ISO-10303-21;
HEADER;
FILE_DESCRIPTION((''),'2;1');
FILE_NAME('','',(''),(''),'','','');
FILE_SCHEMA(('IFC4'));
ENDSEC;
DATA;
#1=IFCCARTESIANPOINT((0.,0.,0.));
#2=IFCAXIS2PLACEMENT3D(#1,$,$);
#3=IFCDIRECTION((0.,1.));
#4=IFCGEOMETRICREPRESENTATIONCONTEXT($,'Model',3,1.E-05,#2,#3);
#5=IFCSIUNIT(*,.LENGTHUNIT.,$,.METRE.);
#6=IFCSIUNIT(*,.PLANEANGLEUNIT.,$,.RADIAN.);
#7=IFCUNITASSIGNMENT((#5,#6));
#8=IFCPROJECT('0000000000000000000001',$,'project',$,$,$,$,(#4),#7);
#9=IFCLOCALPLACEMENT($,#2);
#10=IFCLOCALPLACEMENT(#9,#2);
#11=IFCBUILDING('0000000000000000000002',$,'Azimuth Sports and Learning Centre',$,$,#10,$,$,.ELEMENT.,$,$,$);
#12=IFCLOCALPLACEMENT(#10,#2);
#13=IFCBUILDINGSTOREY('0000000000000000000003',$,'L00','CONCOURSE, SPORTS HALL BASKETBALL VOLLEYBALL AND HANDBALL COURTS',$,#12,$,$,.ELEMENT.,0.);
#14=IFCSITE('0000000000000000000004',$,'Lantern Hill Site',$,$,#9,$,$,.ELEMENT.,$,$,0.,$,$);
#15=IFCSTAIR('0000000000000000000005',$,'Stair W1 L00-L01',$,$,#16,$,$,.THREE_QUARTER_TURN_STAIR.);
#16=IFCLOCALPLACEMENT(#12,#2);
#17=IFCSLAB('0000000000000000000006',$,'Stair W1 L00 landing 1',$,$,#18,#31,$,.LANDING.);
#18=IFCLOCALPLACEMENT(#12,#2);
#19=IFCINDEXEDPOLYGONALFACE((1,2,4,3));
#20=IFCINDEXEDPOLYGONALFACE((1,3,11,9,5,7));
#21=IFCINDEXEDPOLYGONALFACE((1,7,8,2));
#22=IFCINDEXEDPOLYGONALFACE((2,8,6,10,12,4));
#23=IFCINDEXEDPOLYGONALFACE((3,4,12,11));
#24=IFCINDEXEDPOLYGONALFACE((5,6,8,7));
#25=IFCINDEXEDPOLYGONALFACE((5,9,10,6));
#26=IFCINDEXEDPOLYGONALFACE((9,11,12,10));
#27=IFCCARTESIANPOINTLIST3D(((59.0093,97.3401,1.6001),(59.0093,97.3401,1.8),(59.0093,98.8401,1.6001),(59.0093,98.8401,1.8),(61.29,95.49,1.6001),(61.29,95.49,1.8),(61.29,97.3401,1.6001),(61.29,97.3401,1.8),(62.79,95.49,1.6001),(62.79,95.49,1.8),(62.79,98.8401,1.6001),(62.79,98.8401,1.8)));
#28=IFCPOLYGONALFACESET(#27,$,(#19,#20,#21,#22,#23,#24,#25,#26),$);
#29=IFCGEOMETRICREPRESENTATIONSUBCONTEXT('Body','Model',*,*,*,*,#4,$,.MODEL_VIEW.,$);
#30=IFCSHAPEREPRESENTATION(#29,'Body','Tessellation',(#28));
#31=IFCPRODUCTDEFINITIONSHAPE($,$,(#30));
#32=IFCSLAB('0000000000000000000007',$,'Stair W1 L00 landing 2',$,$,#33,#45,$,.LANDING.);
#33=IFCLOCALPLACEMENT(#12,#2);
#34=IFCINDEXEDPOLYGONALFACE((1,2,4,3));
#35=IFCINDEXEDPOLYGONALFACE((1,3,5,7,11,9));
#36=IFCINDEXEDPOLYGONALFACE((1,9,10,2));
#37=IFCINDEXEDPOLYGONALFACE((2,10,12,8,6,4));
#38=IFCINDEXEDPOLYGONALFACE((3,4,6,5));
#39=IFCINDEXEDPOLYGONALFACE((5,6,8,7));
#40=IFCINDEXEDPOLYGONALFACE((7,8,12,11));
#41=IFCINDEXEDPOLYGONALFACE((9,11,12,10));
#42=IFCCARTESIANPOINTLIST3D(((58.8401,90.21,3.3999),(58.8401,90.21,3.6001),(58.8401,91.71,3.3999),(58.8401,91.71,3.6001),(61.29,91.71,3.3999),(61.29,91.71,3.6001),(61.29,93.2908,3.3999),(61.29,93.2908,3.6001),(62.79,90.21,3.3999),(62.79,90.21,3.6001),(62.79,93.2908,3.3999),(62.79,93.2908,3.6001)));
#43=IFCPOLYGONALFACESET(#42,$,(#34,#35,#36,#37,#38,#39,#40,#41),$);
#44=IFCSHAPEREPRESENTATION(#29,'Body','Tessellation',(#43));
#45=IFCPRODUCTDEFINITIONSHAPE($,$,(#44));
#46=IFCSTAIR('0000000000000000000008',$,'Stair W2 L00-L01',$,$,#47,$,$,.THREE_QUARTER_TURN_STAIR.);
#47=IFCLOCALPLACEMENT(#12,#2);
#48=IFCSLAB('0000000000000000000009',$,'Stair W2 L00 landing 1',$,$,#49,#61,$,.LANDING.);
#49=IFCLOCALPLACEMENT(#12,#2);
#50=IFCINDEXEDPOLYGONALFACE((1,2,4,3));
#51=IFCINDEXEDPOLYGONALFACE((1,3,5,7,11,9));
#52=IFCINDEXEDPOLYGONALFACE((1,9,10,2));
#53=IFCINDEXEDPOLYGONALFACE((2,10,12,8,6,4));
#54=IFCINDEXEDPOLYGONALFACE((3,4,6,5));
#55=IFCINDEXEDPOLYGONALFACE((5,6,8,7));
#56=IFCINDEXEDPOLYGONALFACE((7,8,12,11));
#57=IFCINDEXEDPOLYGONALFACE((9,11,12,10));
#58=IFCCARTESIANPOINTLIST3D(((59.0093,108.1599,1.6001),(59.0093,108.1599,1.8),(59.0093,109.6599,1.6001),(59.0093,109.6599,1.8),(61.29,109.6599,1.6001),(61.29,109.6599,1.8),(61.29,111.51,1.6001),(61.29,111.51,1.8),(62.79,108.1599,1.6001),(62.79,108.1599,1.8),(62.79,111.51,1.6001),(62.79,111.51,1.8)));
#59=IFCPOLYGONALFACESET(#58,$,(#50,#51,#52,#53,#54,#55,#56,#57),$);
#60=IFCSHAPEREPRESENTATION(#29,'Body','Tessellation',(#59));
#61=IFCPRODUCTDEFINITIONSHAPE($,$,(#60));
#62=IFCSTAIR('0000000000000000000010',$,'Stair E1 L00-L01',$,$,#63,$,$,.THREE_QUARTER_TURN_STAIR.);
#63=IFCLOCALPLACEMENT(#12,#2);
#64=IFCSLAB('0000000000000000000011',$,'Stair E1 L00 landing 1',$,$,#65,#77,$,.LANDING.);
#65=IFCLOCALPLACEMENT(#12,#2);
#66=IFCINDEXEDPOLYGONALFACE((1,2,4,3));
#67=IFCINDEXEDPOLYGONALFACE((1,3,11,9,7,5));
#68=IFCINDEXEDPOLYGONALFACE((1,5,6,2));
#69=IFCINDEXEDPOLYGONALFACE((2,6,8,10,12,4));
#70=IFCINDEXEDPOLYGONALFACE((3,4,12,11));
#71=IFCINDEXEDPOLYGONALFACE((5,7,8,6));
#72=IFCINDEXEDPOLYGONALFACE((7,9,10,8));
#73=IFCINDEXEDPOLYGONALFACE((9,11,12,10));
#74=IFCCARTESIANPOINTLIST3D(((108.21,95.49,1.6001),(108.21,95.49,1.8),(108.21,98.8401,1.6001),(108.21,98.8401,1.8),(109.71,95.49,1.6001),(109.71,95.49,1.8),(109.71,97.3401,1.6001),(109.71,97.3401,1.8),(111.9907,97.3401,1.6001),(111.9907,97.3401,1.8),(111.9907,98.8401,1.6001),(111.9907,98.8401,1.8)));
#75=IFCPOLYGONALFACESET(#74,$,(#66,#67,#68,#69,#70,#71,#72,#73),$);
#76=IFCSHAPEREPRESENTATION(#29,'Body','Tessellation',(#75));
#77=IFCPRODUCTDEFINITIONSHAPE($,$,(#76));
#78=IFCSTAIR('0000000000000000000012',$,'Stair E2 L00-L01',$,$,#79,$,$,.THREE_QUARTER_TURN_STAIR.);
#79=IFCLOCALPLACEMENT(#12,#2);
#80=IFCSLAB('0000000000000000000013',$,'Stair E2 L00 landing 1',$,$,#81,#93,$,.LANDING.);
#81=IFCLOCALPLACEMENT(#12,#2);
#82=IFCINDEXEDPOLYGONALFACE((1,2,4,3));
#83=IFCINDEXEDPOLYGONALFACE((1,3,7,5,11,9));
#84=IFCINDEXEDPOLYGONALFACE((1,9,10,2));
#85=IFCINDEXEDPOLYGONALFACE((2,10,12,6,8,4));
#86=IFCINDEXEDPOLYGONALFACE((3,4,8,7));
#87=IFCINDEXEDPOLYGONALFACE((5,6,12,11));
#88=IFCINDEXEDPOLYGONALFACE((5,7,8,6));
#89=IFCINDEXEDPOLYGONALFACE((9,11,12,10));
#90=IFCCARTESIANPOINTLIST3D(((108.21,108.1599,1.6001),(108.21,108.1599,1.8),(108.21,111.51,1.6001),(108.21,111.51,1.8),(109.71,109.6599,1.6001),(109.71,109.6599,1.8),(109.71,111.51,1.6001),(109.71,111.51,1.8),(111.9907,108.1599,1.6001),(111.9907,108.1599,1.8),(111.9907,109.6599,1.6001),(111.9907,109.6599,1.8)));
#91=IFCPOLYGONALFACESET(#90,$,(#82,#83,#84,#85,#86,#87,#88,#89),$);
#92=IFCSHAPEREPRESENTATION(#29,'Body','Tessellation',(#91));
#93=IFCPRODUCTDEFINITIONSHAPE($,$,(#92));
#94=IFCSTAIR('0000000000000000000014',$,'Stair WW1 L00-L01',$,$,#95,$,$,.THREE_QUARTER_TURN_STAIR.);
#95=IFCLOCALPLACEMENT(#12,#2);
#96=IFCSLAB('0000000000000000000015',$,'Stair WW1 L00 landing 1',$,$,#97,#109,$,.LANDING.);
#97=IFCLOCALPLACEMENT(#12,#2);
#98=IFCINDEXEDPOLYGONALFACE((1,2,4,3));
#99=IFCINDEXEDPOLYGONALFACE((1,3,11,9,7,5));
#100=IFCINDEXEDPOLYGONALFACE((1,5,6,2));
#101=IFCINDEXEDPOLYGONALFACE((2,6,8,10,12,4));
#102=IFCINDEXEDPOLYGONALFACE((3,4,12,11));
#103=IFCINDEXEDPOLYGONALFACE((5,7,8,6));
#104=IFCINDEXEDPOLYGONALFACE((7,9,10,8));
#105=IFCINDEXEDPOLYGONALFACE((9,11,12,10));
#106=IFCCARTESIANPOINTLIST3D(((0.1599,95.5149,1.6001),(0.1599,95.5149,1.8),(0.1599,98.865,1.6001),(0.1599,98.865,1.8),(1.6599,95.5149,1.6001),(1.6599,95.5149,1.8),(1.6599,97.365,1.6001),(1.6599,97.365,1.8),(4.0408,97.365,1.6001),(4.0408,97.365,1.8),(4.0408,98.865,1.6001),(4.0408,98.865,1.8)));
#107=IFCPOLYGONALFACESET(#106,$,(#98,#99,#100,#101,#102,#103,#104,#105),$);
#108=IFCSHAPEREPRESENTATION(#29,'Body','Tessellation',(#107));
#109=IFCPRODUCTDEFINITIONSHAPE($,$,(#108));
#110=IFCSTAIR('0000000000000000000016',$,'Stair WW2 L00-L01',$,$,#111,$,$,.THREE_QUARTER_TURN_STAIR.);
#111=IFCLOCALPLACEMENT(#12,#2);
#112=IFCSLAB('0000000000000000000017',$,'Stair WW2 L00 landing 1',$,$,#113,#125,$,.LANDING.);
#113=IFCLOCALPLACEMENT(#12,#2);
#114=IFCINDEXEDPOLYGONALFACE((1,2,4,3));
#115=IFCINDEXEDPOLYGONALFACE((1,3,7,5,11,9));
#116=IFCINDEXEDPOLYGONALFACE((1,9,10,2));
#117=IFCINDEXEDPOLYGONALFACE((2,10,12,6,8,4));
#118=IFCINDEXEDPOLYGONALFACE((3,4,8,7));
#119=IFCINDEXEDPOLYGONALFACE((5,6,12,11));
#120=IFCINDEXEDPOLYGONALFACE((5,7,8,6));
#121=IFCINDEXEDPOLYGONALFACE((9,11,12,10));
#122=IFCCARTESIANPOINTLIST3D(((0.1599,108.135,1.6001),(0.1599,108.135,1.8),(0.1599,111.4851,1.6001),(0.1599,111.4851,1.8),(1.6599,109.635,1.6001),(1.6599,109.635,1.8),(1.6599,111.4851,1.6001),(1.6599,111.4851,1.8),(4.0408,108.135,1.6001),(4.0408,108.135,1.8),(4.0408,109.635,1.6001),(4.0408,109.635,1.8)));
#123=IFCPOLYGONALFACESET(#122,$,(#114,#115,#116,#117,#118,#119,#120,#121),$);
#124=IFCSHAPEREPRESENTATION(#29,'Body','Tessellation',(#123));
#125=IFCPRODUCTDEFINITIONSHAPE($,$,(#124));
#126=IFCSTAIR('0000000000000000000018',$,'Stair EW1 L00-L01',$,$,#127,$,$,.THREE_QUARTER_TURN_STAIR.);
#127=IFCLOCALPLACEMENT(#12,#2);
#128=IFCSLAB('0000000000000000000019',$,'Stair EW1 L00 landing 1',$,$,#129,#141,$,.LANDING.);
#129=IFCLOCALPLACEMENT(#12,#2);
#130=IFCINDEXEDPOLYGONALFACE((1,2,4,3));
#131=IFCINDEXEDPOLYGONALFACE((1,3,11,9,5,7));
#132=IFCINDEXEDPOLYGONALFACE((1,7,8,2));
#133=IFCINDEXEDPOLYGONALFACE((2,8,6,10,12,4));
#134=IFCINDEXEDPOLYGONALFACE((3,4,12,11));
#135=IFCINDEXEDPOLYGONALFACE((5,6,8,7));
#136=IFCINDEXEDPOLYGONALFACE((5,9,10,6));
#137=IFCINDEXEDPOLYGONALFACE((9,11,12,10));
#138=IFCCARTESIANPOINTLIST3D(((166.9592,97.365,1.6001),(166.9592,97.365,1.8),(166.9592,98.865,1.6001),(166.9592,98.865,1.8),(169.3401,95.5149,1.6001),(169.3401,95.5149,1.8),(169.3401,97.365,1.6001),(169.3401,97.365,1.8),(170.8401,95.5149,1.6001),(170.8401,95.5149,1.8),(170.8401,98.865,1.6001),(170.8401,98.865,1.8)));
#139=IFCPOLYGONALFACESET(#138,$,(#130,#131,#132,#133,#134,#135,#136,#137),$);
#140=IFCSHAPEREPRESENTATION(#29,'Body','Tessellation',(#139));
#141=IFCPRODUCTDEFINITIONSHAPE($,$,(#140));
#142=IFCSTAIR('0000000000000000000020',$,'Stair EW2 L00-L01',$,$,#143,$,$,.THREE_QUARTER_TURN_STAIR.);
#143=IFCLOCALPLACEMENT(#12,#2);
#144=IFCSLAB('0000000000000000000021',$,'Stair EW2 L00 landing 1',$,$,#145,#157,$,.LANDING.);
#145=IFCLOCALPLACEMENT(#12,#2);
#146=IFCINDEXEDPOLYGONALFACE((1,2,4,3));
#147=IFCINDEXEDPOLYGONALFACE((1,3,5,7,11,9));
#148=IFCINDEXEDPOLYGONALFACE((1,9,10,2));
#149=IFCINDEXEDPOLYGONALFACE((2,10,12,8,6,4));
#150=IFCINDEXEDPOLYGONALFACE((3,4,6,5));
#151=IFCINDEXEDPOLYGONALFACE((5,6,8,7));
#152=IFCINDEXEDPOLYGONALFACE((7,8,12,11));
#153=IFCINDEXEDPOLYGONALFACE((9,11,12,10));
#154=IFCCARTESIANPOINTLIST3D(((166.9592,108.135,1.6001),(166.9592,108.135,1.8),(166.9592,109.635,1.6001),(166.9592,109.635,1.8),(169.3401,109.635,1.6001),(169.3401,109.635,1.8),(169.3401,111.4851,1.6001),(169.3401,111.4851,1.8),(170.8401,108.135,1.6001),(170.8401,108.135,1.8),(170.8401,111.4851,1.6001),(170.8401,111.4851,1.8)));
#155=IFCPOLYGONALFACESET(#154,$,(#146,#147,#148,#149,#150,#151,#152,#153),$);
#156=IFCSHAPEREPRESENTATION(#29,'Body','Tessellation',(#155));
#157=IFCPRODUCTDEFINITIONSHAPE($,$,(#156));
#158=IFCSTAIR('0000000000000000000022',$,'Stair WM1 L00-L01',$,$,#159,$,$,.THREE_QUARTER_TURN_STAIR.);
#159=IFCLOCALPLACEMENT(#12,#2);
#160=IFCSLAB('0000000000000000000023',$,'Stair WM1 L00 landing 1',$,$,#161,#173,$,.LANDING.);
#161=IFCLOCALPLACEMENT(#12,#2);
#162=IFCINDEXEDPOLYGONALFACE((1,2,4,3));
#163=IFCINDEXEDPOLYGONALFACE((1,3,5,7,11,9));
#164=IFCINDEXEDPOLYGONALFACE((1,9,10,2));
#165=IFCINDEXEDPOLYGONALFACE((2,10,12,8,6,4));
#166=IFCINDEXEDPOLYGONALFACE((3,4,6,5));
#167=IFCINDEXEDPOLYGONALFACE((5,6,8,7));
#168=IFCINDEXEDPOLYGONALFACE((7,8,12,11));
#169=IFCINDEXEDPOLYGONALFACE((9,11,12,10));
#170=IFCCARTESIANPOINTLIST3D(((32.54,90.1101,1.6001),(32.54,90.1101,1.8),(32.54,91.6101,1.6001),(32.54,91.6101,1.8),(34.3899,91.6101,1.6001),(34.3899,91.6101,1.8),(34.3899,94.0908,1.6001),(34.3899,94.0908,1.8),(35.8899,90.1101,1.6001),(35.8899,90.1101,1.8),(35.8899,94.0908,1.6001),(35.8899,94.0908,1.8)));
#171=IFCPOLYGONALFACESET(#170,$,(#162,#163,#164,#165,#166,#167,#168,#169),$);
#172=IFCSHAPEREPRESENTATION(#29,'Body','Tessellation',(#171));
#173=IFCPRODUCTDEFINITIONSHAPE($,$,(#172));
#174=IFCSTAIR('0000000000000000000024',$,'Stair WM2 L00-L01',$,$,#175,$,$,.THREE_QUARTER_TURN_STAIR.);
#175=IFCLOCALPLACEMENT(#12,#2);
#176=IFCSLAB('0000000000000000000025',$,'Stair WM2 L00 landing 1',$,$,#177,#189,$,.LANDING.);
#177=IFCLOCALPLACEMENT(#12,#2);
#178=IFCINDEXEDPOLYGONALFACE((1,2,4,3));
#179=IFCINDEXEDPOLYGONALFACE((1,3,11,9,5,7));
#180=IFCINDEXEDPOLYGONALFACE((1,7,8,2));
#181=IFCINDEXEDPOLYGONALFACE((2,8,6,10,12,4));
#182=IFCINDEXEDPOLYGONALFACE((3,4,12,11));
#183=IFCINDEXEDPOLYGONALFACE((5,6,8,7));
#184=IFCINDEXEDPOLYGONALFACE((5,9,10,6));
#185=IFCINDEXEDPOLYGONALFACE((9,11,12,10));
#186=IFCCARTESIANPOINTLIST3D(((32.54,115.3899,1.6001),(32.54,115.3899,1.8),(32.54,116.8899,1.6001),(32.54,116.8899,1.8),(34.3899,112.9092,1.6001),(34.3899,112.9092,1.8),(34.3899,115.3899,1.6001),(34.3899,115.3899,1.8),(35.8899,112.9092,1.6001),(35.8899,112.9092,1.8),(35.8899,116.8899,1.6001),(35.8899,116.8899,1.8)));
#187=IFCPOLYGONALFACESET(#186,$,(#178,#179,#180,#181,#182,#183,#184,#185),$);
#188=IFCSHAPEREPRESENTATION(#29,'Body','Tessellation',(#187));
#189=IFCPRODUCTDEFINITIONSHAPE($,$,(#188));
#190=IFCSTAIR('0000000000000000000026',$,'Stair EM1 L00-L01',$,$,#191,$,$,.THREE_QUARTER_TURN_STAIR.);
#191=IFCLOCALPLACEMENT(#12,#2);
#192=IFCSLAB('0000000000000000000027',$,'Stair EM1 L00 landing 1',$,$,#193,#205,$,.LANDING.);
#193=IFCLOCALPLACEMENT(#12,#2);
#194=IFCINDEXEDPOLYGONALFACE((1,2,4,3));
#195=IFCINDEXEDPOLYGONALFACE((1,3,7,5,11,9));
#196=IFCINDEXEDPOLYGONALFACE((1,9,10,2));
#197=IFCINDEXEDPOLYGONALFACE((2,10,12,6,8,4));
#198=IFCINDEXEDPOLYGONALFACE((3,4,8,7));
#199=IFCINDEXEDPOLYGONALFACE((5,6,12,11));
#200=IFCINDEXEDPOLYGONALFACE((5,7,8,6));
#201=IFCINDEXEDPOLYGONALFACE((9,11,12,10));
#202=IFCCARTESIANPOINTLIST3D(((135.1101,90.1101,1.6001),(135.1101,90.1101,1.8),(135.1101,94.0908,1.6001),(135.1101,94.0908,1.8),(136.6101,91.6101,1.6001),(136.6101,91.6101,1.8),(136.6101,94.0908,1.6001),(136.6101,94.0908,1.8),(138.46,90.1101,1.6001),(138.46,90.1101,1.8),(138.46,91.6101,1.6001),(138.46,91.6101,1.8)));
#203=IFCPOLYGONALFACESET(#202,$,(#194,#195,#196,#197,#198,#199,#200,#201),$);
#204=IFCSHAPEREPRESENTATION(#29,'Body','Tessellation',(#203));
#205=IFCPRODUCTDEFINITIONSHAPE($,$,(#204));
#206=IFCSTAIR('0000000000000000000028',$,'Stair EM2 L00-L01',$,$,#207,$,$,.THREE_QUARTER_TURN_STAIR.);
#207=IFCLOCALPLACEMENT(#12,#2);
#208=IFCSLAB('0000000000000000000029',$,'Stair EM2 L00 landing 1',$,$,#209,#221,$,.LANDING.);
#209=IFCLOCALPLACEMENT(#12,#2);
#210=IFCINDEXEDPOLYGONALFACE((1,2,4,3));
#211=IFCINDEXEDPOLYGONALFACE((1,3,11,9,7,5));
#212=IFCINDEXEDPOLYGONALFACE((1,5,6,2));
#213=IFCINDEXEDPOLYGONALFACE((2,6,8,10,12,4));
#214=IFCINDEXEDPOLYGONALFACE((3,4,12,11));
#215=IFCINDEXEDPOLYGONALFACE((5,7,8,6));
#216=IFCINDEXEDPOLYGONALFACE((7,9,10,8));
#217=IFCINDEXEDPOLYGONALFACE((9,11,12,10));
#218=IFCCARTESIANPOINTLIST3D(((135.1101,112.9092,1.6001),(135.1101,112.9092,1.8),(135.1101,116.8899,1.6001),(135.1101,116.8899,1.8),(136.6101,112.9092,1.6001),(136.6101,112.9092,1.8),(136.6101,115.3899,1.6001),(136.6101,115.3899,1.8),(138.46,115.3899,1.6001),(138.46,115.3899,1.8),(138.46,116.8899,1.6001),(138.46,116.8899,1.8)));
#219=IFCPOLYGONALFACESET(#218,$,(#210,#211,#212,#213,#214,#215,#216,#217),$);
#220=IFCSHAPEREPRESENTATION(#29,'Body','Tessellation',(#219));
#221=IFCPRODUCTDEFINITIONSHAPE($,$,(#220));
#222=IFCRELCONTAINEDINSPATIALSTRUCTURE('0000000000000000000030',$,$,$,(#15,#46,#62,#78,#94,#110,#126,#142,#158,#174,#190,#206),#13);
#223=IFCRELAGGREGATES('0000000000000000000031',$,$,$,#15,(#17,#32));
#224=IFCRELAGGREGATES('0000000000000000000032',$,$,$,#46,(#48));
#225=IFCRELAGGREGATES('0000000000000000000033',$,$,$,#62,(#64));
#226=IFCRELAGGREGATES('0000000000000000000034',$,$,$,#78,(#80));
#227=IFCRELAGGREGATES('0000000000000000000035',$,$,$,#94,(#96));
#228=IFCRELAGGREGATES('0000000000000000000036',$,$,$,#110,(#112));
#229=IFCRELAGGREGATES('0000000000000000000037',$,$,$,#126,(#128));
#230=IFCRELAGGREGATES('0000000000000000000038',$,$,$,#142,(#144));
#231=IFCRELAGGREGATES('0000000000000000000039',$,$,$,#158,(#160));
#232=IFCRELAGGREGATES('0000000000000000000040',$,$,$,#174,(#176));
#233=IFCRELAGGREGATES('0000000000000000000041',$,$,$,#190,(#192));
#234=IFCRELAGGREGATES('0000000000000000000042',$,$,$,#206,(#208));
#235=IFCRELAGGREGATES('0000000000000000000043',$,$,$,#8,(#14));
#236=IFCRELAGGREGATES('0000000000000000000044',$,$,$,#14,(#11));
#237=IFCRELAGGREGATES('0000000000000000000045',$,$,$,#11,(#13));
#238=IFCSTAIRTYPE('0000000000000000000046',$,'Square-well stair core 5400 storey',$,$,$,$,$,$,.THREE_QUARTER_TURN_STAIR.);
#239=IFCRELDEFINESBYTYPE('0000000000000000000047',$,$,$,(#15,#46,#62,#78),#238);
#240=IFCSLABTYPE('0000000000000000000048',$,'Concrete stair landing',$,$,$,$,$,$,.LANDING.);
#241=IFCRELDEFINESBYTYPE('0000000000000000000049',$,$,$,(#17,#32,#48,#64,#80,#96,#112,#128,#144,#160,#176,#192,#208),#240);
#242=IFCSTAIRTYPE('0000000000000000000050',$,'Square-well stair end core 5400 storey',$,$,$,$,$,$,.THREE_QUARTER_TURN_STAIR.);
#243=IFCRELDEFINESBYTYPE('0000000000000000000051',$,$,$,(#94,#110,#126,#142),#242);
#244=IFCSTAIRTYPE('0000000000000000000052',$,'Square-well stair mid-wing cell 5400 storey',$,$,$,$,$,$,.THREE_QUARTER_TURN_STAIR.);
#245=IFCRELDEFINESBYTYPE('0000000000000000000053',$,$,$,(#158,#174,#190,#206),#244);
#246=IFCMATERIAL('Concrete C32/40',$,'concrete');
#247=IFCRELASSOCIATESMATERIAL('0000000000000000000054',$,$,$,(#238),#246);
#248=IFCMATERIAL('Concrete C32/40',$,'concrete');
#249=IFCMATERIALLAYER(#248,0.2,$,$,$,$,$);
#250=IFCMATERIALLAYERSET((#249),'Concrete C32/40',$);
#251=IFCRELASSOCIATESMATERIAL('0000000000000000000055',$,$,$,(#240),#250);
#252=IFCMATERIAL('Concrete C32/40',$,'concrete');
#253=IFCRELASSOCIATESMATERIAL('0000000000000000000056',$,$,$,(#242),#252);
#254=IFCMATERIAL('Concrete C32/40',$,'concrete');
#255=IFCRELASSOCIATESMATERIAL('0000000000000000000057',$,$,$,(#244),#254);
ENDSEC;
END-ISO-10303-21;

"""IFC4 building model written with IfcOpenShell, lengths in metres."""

from ifc_helpers import new_model, si_unit, direction, frame, origin, place, context, subcontext, project, spatial, polyline, outline, extrude, material, layer, layer_set, type_object, element, aggregate, save


model = new_model("IFC4")

# Units and contexts
model_context = context("Model", 3, precision=1e-05, world=origin(), true_north=direction((0.0, 1.0)))
body_context = subcontext(model_context, "Body", "Model", "MODEL_VIEW")
ifc_project = project(units=[si_unit("LENGTHUNIT", "METRE"), si_unit("PLANEANGLEUNIT", "RADIAN")], contexts=[model_context])

# Site, building, storey
site_placement = place(None, origin())
site = spatial("IfcSite", under=ifc_project, at=site_placement, Name="Lantern Hill Site", CompositionType="ELEMENT", RefElevation=0.0)
building_placement = place(site_placement, origin())
building = spatial("IfcBuilding", under=site, at=building_placement, Name="Azimuth Sports and Learning Centre", CompositionType="ELEMENT")
storey_placement = place(building_placement, origin())
storey = spatial("IfcBuildingStorey", under=building, at=storey_placement, Name="L00", Description="CONCOURSE, SPORTS HALL BASKETBALL VOLLEYBALL AND HANDBALL COURTS", CompositionType="ELEMENT", Elevation=0.0)

# Stair, slabs
ifc_material_1 = material(Name="Concrete C32/40", Category="concrete")
stair_type_1 = type_object("IfcStairType", Name="Square-well stair core 5400 storey", PredefinedType="THREE_QUARTER_TURN_STAIR", material=ifc_material_1)
stair_1_placement = place(storey_placement, origin())
stair_1 = element("IfcStair", 1, at=stair_1_placement, inside=storey, type_object=stair_type_1, Name="Stair W1 L00-L01", PredefinedType="THREE_QUARTER_TURN_STAIR")
ifc_material_2 = material(Name="Concrete C32/40", Category="concrete")
ifc_layer_1 = layer(ifc_material_2, 0.2)
ifc_layer_set_1 = layer_set([ifc_layer_1], Name="Concrete C32/40")
slab_type_1 = type_object("IfcSlabType", Name="Concrete stair landing", PredefinedType="LANDING", material=ifc_layer_set_1)
slab_1_placement = place(storey_placement, frame((0.0, 0.0, 1.6001)))
slab_1 = element("IfcSlab", 2, at=slab_1_placement, type_object=slab_type_1, Name="Stair W1 L00 landing 1", PredefinedType="LANDING", context=body_context, shape_type="SweptSolid", body=[
    extrude(outline(polyline([(61.29, 97.3401), (61.29, 95.49), (62.79, 95.49), (62.79, 98.8401), (59.0093, 98.8401), (59.0093, 97.3401), (61.29, 97.3401)])), origin(), (0.0, 0.0, 1.0), 0.2),
])
slab_2_placement = place(storey_placement, frame((0.0, 0.0, 3.3999)))
slab_2 = element("IfcSlab", 3, at=slab_2_placement, type_object=slab_type_1, Name="Stair W1 L00 landing 2", PredefinedType="LANDING", context=body_context, shape_type="SweptSolid", body=[
    extrude(outline(polyline([(61.29, 91.71), (58.8401, 91.71), (58.8401, 90.21), (62.79, 90.21), (62.79, 93.2908), (61.29, 93.2908), (61.29, 91.71)])), origin(), (0.0, 0.0, 1.0), 0.2002),
])
aggregate(stair_1, [slab_1, slab_2])

# Stairs, slabs
stair_2_placement = place(storey_placement, origin())
stair_2 = element("IfcStair", 4, at=stair_2_placement, inside=storey, type_object=stair_type_1, Name="Stair W2 L00-L01", PredefinedType="THREE_QUARTER_TURN_STAIR")
slab_3_placement = place(storey_placement, frame((0.0, 0.0, 1.6001)))
slab_3 = element("IfcSlab", 5, at=slab_3_placement, type_object=slab_type_1, Name="Stair W2 L00 landing 1", PredefinedType="LANDING", context=body_context, shape_type="SweptSolid", body=[
    extrude(outline(polyline([(61.29, 109.6599), (59.0093, 109.6599), (59.0093, 108.1599), (62.79, 108.1599), (62.79, 111.51), (61.29, 111.51), (61.29, 109.6599)])), origin(), (0.0, 0.0, 1.0), 0.2),
])
aggregate(stair_2, [slab_3])
stair_3_placement = place(storey_placement, origin())
stair_3 = element("IfcStair", 6, at=stair_3_placement, inside=storey, type_object=stair_type_1, Name="Stair E1 L00-L01", PredefinedType="THREE_QUARTER_TURN_STAIR")
slab_4_placement = place(storey_placement, frame((0.0, 0.0, 1.6001)))
slab_4 = element("IfcSlab", 7, at=slab_4_placement, type_object=slab_type_1, Name="Stair E1 L00 landing 1", PredefinedType="LANDING", context=body_context, shape_type="SweptSolid", body=[
    extrude(outline(polyline([(109.71, 97.3401), (111.9907, 97.3401), (111.9907, 98.8401), (108.21, 98.8401), (108.21, 95.49), (109.71, 95.49), (109.71, 97.3401)])), origin(), (0.0, 0.0, 1.0), 0.2),
])
aggregate(stair_3, [slab_4])
stair_4_placement = place(storey_placement, origin())
stair_4 = element("IfcStair", 8, at=stair_4_placement, inside=storey, type_object=stair_type_1, Name="Stair E2 L00-L01", PredefinedType="THREE_QUARTER_TURN_STAIR")
slab_5_placement = place(storey_placement, frame((0.0, 0.0, 1.6001)))
slab_5 = element("IfcSlab", 9, at=slab_5_placement, type_object=slab_type_1, Name="Stair E2 L00 landing 1", PredefinedType="LANDING", context=body_context, shape_type="SweptSolid", body=[
    extrude(outline(polyline([(109.71, 109.6599), (109.71, 111.51), (108.21, 111.51), (108.21, 108.1599), (111.9907, 108.1599), (111.9907, 109.6599), (109.71, 109.6599)])), origin(), (0.0, 0.0, 1.0), 0.2),
])
aggregate(stair_4, [slab_5])
ifc_material_3 = material(Name="Concrete C32/40", Category="concrete")
stair_type_2 = type_object("IfcStairType", Name="Square-well stair end core 5400 storey", PredefinedType="THREE_QUARTER_TURN_STAIR", material=ifc_material_3)
stair_5_placement = place(storey_placement, origin())
stair_5 = element("IfcStair", 10, at=stair_5_placement, inside=storey, type_object=stair_type_2, Name="Stair WW1 L00-L01", PredefinedType="THREE_QUARTER_TURN_STAIR")
slab_6_placement = place(storey_placement, frame((0.0, 0.0, 1.6001)))
slab_6 = element("IfcSlab", 11, at=slab_6_placement, type_object=slab_type_1, Name="Stair WW1 L00 landing 1", PredefinedType="LANDING", context=body_context, shape_type="SweptSolid", body=[
    extrude(outline(polyline([(1.6599, 97.365), (4.0408, 97.365), (4.0408, 98.865), (0.1599, 98.865), (0.1599, 95.5149), (1.6599, 95.5149), (1.6599, 97.365)])), origin(), (0.0, 0.0, 1.0), 0.2),
])
aggregate(stair_5, [slab_6])
stair_6_placement = place(storey_placement, origin())
stair_6 = element("IfcStair", 12, at=stair_6_placement, inside=storey, type_object=stair_type_2, Name="Stair WW2 L00-L01", PredefinedType="THREE_QUARTER_TURN_STAIR")
slab_7_placement = place(storey_placement, frame((0.0, 0.0, 1.6001)))
slab_7 = element("IfcSlab", 13, at=slab_7_placement, type_object=slab_type_1, Name="Stair WW2 L00 landing 1", PredefinedType="LANDING", context=body_context, shape_type="SweptSolid", body=[
    extrude(outline(polyline([(1.6599, 109.635), (1.6599, 111.4851), (0.1599, 111.4851), (0.1599, 108.135), (4.0408, 108.135), (4.0408, 109.635), (1.6599, 109.635)])), origin(), (0.0, 0.0, 1.0), 0.2),
])
aggregate(stair_6, [slab_7])
stair_7_placement = place(storey_placement, origin())
stair_7 = element("IfcStair", 14, at=stair_7_placement, inside=storey, type_object=stair_type_2, Name="Stair EW1 L00-L01", PredefinedType="THREE_QUARTER_TURN_STAIR")
slab_8_placement = place(storey_placement, frame((0.0, 0.0, 1.6001)))
slab_8 = element("IfcSlab", 15, at=slab_8_placement, type_object=slab_type_1, Name="Stair EW1 L00 landing 1", PredefinedType="LANDING", context=body_context, shape_type="SweptSolid", body=[
    extrude(outline(polyline([(169.3401, 97.365), (169.3401, 95.5149), (170.8401, 95.5149), (170.8401, 98.865), (166.9592, 98.865), (166.9592, 97.365), (169.3401, 97.365)])), origin(), (0.0, 0.0, 1.0), 0.2),
])
aggregate(stair_7, [slab_8])
stair_8_placement = place(storey_placement, origin())
stair_8 = element("IfcStair", 16, at=stair_8_placement, inside=storey, type_object=stair_type_2, Name="Stair EW2 L00-L01", PredefinedType="THREE_QUARTER_TURN_STAIR")
slab_9_placement = place(storey_placement, frame((0.0, 0.0, 1.6001)))
slab_9 = element("IfcSlab", 17, at=slab_9_placement, type_object=slab_type_1, Name="Stair EW2 L00 landing 1", PredefinedType="LANDING", context=body_context, shape_type="SweptSolid", body=[
    extrude(outline(polyline([(169.3401, 109.635), (166.9592, 109.635), (166.9592, 108.135), (170.8401, 108.135), (170.8401, 111.4851), (169.3401, 111.4851), (169.3401, 109.635)])), origin(), (0.0, 0.0, 1.0), 0.2),
])
aggregate(stair_8, [slab_9])
ifc_material_4 = material(Name="Concrete C32/40", Category="concrete")
stair_type_3 = type_object("IfcStairType", Name="Square-well stair mid-wing cell 5400 storey", PredefinedType="THREE_QUARTER_TURN_STAIR", material=ifc_material_4)
stair_9_placement = place(storey_placement, origin())
stair_9 = element("IfcStair", 18, at=stair_9_placement, inside=storey, type_object=stair_type_3, Name="Stair WM1 L00-L01", PredefinedType="THREE_QUARTER_TURN_STAIR")
slab_10_placement = place(storey_placement, frame((0.0, 0.0, 1.6001)))
slab_10 = element("IfcSlab", 19, at=slab_10_placement, type_object=slab_type_1, Name="Stair WM1 L00 landing 1", PredefinedType="LANDING", context=body_context, shape_type="SweptSolid", body=[
    extrude(outline(polyline([(34.3899, 91.6101), (32.54, 91.6101), (32.54, 90.1101), (35.8899, 90.1101), (35.8899, 94.0908), (34.3899, 94.0908), (34.3899, 91.6101)])), origin(), (0.0, 0.0, 1.0), 0.2),
])
aggregate(stair_9, [slab_10])
stair_10_placement = place(storey_placement, origin())
stair_10 = element("IfcStair", 20, at=stair_10_placement, inside=storey, type_object=stair_type_3, Name="Stair WM2 L00-L01", PredefinedType="THREE_QUARTER_TURN_STAIR")
slab_11_placement = place(storey_placement, frame((0.0, 0.0, 1.6001)))
slab_11 = element("IfcSlab", 21, at=slab_11_placement, type_object=slab_type_1, Name="Stair WM2 L00 landing 1", PredefinedType="LANDING", context=body_context, shape_type="SweptSolid", body=[
    extrude(outline(polyline([(34.3899, 115.3899), (34.3899, 112.9092), (35.8899, 112.9092), (35.8899, 116.8899), (32.54, 116.8899), (32.54, 115.3899), (34.3899, 115.3899)])), origin(), (0.0, 0.0, 1.0), 0.2),
])
aggregate(stair_10, [slab_11])
stair_11_placement = place(storey_placement, origin())
stair_11 = element("IfcStair", 22, at=stair_11_placement, inside=storey, type_object=stair_type_3, Name="Stair EM1 L00-L01", PredefinedType="THREE_QUARTER_TURN_STAIR")
slab_12_placement = place(storey_placement, frame((0.0, 0.0, 1.6001)))
slab_12 = element("IfcSlab", 23, at=slab_12_placement, type_object=slab_type_1, Name="Stair EM1 L00 landing 1", PredefinedType="LANDING", context=body_context, shape_type="SweptSolid", body=[
    extrude(outline(polyline([(136.6101, 91.6101), (136.6101, 94.0908), (135.1101, 94.0908), (135.1101, 90.1101), (138.46, 90.1101), (138.46, 91.6101), (136.6101, 91.6101)])), origin(), (0.0, 0.0, 1.0), 0.2),
])
aggregate(stair_11, [slab_12])
stair_12_placement = place(storey_placement, origin())
stair_12 = element("IfcStair", 24, at=stair_12_placement, inside=storey, type_object=stair_type_3, Name="Stair EM2 L00-L01", PredefinedType="THREE_QUARTER_TURN_STAIR")
slab_13_placement = place(storey_placement, frame((0.0, 0.0, 1.6001)))
slab_13 = element("IfcSlab", 25, at=slab_13_placement, type_object=slab_type_1, Name="Stair EM2 L00 landing 1", PredefinedType="LANDING", context=body_context, shape_type="SweptSolid", body=[
    extrude(outline(polyline([(136.6101, 115.3899), (138.46, 115.3899), (138.46, 116.8899), (135.1101, 116.8899), (135.1101, 112.9092), (136.6101, 112.9092), (136.6101, 115.3899)])), origin(), (0.0, 0.0, 1.0), 0.2),
])
aggregate(stair_12, [slab_13])

save(model, "model.ifc")
